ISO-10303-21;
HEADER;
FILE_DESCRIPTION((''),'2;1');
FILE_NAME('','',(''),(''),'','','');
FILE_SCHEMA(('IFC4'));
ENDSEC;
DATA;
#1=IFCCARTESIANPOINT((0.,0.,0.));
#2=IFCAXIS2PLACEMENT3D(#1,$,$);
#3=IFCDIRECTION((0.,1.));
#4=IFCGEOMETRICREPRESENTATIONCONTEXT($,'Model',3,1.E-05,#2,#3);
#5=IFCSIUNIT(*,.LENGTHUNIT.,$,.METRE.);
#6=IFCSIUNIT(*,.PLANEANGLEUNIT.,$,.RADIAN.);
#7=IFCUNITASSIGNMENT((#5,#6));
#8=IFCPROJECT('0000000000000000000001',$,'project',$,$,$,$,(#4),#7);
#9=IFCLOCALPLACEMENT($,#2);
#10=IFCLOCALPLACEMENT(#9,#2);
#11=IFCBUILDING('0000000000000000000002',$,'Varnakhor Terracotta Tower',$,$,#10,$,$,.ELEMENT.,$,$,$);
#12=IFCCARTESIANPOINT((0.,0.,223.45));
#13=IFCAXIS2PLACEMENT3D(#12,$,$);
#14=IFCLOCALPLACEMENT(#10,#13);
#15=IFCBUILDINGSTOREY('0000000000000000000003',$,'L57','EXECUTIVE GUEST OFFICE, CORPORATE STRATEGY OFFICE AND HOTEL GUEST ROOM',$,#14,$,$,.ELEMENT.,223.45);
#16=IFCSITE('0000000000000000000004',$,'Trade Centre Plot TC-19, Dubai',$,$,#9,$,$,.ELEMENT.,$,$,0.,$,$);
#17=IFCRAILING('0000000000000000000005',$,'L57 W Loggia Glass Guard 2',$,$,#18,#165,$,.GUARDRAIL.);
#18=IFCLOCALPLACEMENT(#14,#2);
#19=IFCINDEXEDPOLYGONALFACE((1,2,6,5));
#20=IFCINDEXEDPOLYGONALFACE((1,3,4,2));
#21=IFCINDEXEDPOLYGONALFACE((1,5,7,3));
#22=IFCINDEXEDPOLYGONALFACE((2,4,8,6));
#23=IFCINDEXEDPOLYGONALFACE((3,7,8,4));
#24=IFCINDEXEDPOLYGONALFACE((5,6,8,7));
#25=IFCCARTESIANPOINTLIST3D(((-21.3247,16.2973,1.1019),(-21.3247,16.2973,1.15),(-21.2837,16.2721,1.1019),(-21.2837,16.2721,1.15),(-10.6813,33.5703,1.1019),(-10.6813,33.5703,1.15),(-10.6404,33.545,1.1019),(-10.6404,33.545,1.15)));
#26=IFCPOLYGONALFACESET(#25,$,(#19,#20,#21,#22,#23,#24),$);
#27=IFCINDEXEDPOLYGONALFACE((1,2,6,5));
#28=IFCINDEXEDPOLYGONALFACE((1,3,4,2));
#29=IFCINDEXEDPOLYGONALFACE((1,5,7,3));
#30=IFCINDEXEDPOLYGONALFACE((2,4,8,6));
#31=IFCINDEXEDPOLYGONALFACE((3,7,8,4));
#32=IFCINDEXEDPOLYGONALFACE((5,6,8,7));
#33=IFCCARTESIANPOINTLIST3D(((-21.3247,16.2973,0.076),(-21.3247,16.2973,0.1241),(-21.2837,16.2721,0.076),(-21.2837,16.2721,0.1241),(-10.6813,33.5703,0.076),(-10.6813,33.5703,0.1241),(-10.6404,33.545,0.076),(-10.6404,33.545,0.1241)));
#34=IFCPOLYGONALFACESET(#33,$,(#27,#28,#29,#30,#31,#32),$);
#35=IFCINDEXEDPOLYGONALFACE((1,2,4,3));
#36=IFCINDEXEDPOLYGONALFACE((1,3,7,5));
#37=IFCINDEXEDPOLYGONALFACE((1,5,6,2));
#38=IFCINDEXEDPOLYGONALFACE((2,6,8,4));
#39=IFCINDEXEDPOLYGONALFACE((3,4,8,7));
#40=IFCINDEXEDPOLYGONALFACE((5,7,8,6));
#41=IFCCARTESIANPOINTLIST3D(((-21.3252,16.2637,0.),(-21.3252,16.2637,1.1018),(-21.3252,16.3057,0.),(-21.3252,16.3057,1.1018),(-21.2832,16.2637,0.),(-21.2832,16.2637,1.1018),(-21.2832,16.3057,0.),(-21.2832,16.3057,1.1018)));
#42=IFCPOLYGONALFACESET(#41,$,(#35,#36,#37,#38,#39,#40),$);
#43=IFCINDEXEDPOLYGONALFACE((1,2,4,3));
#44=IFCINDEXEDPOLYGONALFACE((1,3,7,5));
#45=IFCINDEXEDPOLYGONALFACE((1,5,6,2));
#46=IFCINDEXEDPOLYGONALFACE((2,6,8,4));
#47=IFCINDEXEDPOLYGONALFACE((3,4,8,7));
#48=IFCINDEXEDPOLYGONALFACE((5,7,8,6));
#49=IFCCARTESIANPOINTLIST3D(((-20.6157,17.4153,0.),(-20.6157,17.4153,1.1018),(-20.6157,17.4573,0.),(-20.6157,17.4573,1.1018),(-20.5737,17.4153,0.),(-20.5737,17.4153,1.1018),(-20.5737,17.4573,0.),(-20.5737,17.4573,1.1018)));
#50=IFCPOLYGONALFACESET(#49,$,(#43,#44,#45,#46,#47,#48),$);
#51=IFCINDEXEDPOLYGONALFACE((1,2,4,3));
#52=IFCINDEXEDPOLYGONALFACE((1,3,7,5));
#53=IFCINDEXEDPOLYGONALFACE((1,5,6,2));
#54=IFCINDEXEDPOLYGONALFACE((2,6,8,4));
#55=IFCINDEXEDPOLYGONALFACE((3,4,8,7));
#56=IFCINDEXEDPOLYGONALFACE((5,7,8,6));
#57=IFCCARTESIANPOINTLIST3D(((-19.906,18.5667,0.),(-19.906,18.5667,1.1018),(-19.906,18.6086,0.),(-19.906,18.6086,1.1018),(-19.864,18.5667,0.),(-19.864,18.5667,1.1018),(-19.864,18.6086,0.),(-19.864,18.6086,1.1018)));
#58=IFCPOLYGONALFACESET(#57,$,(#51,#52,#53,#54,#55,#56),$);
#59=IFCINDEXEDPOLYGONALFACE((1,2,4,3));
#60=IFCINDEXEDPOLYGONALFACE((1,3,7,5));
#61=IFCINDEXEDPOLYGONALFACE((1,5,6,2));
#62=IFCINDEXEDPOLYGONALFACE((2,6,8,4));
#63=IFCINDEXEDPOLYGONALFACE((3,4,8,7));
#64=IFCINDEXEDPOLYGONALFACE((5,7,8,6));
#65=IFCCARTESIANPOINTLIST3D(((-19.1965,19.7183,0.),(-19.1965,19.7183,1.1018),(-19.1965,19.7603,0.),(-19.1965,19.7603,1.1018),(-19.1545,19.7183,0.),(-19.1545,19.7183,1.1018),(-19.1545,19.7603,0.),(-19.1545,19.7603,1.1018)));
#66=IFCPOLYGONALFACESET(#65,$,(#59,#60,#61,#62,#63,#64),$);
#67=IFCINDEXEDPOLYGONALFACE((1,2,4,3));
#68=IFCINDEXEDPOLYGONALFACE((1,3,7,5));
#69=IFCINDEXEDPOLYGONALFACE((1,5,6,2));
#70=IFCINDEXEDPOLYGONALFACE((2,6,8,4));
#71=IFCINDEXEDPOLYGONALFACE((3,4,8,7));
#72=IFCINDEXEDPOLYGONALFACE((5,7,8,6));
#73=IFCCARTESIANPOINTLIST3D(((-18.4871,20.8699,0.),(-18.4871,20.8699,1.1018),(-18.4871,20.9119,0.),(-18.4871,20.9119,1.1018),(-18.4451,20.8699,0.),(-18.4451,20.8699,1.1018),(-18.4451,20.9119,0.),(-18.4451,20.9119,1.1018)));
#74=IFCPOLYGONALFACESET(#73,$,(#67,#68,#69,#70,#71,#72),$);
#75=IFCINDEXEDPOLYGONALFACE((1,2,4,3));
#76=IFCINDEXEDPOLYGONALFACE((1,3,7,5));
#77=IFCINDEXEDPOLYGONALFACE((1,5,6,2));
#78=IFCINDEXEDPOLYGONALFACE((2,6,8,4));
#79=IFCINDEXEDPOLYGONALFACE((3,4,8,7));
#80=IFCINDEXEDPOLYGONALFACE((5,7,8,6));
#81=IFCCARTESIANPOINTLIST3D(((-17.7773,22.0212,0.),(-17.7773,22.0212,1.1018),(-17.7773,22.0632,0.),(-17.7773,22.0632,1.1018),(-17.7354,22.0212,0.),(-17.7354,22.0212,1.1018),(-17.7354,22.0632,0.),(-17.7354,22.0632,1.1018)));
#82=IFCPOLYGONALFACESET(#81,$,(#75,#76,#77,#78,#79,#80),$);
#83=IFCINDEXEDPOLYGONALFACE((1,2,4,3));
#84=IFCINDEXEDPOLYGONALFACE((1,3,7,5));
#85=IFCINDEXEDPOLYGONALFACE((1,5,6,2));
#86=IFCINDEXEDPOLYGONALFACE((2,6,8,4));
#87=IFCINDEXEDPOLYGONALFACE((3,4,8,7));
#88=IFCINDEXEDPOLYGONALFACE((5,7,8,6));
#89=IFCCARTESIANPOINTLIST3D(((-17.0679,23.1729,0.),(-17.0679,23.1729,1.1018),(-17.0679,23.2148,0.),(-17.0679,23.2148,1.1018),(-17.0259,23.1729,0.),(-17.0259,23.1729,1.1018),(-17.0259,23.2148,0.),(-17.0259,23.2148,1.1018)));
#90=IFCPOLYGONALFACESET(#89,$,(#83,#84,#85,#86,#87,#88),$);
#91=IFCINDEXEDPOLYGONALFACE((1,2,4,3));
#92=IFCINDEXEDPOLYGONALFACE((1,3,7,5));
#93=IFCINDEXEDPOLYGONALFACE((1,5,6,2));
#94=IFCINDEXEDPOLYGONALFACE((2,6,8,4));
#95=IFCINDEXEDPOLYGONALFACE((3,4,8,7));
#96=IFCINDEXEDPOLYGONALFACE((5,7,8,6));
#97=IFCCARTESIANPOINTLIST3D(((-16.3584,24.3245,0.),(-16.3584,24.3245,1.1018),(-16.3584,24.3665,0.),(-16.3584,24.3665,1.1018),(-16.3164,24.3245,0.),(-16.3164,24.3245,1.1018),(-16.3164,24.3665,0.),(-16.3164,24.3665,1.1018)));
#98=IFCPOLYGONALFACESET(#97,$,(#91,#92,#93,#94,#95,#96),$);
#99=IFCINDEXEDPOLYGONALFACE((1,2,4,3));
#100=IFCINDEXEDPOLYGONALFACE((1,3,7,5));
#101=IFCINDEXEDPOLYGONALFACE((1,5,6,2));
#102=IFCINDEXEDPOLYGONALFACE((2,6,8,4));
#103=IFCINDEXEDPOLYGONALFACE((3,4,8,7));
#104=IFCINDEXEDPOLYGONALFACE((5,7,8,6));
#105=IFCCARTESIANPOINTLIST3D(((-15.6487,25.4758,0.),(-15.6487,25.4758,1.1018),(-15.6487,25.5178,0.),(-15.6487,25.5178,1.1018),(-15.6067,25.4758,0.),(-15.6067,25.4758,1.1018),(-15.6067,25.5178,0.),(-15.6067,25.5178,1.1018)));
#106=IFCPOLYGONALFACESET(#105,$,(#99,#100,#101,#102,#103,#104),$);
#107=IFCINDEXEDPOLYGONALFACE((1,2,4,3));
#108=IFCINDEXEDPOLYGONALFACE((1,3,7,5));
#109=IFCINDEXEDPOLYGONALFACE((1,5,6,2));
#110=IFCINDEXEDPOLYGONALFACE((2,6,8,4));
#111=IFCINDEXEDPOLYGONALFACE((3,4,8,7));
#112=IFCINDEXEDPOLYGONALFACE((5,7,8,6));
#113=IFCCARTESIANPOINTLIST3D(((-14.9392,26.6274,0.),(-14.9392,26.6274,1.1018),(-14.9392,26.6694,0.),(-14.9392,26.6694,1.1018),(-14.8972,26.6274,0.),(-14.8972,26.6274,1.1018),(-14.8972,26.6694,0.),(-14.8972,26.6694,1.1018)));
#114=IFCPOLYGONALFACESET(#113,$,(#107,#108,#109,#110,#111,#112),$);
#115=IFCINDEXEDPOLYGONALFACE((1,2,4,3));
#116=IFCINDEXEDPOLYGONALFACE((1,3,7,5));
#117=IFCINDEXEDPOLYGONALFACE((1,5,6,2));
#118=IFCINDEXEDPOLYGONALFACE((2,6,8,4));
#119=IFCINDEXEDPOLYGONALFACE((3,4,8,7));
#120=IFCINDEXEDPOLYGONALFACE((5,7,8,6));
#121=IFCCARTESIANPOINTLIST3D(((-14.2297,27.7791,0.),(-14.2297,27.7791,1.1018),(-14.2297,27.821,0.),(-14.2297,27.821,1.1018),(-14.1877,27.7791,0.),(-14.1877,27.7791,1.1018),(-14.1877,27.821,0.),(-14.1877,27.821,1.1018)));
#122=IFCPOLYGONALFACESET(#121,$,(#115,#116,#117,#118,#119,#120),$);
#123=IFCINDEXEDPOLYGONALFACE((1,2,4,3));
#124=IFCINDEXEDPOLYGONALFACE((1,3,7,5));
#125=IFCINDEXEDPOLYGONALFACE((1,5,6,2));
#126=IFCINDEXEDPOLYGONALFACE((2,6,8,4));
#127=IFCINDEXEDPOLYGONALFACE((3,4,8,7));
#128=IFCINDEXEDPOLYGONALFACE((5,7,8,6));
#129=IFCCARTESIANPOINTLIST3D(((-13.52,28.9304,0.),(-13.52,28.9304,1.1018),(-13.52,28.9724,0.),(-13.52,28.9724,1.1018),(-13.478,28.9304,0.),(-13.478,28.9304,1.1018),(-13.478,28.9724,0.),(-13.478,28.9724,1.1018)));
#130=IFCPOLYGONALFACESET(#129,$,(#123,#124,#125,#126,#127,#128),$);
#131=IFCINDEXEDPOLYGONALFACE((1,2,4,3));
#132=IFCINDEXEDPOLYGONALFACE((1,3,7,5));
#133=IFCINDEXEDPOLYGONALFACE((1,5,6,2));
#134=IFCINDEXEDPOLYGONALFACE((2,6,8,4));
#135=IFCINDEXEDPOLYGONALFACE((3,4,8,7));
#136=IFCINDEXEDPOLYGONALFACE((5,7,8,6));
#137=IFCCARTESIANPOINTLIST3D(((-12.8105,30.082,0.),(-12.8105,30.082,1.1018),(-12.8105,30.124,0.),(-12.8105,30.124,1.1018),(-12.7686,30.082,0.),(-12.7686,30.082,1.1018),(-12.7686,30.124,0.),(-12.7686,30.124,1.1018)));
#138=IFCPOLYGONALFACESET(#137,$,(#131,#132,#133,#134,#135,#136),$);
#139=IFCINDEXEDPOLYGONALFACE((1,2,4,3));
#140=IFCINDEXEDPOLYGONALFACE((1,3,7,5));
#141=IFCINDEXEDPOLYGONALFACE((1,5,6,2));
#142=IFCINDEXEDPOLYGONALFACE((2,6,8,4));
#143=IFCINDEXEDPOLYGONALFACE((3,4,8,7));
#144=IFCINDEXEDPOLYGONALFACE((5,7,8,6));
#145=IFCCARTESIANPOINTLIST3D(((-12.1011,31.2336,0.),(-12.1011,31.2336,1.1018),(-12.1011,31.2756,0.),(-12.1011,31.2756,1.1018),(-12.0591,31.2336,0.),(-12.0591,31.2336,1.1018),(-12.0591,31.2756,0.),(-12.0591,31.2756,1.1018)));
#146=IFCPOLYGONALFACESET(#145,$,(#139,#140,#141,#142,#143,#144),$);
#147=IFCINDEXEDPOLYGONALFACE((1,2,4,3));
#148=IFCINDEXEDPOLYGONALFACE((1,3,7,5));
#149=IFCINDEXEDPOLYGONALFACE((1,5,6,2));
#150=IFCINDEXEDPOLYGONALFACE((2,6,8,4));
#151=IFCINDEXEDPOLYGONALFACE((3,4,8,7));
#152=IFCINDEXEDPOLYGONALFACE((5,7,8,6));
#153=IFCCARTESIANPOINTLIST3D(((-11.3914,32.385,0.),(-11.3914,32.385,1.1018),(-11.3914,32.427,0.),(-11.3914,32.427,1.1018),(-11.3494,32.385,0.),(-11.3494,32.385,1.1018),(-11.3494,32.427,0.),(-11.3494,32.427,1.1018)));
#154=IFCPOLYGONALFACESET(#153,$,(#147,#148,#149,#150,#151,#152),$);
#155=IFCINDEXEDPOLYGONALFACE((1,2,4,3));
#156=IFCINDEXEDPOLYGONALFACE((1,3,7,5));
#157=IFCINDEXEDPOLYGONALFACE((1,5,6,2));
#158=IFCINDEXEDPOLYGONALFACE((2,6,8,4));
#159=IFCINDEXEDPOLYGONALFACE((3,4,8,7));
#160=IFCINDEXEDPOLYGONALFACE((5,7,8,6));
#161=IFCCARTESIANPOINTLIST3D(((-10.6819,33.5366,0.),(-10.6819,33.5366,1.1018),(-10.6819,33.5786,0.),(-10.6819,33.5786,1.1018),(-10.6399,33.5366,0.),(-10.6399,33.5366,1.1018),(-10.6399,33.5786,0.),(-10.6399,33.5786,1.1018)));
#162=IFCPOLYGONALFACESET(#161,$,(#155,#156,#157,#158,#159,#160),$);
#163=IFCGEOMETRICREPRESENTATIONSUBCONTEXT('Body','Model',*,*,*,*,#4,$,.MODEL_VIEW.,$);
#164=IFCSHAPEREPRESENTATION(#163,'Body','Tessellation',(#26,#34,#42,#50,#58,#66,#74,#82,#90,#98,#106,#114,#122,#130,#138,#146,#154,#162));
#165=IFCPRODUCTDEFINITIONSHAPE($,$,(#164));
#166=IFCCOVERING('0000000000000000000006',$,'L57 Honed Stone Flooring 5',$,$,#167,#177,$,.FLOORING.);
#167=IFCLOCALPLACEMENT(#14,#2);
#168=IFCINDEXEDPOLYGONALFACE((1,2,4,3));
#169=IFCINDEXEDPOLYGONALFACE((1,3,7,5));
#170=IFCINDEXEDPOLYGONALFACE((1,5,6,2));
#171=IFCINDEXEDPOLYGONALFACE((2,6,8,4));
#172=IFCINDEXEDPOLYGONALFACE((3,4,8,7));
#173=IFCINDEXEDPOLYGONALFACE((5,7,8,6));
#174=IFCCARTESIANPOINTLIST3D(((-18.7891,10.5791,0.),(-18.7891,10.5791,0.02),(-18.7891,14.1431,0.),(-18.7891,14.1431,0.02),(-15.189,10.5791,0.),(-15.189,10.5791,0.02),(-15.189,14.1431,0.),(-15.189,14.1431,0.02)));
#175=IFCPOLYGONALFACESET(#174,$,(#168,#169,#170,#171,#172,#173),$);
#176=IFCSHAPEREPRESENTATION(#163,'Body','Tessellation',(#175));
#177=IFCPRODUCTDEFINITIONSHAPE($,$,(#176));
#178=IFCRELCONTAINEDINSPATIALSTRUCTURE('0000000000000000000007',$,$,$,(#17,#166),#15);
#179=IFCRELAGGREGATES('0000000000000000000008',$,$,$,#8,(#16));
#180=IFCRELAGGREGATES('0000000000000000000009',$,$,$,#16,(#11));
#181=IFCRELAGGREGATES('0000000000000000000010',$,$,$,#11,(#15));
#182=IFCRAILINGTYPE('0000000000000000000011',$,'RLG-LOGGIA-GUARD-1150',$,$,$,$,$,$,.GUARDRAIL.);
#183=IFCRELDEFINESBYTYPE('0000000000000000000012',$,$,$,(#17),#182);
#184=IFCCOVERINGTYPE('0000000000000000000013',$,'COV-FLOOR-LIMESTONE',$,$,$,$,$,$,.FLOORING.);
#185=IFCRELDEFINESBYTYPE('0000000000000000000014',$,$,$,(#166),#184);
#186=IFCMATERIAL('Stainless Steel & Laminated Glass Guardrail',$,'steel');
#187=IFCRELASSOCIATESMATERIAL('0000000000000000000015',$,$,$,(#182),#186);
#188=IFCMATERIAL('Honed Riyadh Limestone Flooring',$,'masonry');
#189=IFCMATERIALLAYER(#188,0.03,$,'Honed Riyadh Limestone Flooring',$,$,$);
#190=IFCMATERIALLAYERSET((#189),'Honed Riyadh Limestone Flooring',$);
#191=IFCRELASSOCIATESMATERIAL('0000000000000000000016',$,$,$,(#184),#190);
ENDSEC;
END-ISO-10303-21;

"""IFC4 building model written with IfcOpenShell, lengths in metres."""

from ifc_helpers import new_model, si_unit, direction, frame, origin, origin_2d, place, context, subcontext, project, spatial, rectangle, extrude, source, transform, mapped, material, layer, layer_set, type_object, element, save


model = new_model("IFC4")

# Units and contexts
model_context = context("Model", 3, precision=1e-05, world=origin(), true_north=direction((0.0, 1.0)))
body_context = subcontext(model_context, "Body", "Model", "MODEL_VIEW")
ifc_project = project(units=[si_unit("LENGTHUNIT", "METRE"), si_unit("PLANEANGLEUNIT", "RADIAN")], contexts=[model_context])

# Site, building, storey
site_placement = place(None, origin())
site = spatial("IfcSite", under=ifc_project, at=site_placement, Name="Trade Centre Plot TC-19, Dubai", CompositionType="ELEMENT", RefElevation=0.0)
building_placement = place(site_placement, origin())
building = spatial("IfcBuilding", under=site, at=building_placement, Name="Varnakhor Terracotta Tower", CompositionType="ELEMENT")
storey_placement = place(building_placement, frame((0.0, 0.0, 223.45)))
storey = spatial("IfcBuildingStorey", under=building, at=storey_placement, Name="L57", Description="EXECUTIVE GUEST OFFICE, CORPORATE STRATEGY OFFICE AND HOTEL GUEST ROOM", CompositionType="ELEMENT", Elevation=223.45)

# Railing
ifc_material_1 = material(Name="Stainless Steel & Laminated Glass Guardrail", Category="steel")
railing_type = type_object("IfcRailingType", Name="RLG-LOGGIA-GUARD-1150", PredefinedType="GUARDRAIL", material=ifc_material_1)
railing_1_placement = place(storey_placement, frame((-21.3042, 16.2847, 0.0)))
element("IfcRailing", 1, at=railing_1_placement, inside=storey, type_object=railing_type, Name="L57 W Loggia Glass Guard 2", PredefinedType="GUARDRAIL", context=body_context, shape_type="SweptSolid", body=[
    extrude(rectangle(XDim=0.0481, YDim=0.0481, at=origin_2d()), frame((0.0, 0.0, 1.126), z_axis=(0.524591, 0.851355, 0.0), x_axis=(-0.851355, 0.524591, 0.0)), (0.0, 0.0, 1.0), 20.2888),
    extrude(rectangle(XDim=0.0481, YDim=0.0481, at=origin_2d()), frame((0.0, 0.0, 0.1001), z_axis=(0.524591, 0.851355, 0.0), x_axis=(-0.851355, 0.524591, 0.0)), (0.0, 0.0, 1.0), 20.2888),
    extrude(rectangle(XDim=0.042, YDim=0.042, at=origin_2d()), origin(), (0.0, 0.0, 1.0), 1.1018),
    extrude(rectangle(XDim=0.042, YDim=0.042, at=origin_2d()), frame((0.7095, 1.1516, 0.0)), (0.0, 0.0, 1.0), 1.1018),
    extrude(rectangle(XDim=0.042, YDim=0.042, at=origin_2d()), frame((1.4192, 2.303, 0.0)), (0.0, 0.0, 1.0), 1.1018),
    extrude(rectangle(XDim=0.042, YDim=0.042, at=origin_2d()), frame((2.1287, 3.4546, 0.0)), (0.0, 0.0, 1.0), 1.1018),
    extrude(rectangle(XDim=0.042, YDim=0.042, at=origin_2d()), frame((2.8381, 4.6062, 0.0)), (0.0, 0.0, 1.0), 1.1018),
    extrude(rectangle(XDim=0.042, YDim=0.042, at=origin_2d()), frame((3.5479, 5.7576, 0.0)), (0.0, 0.0, 1.0), 1.1018),
    extrude(rectangle(XDim=0.042, YDim=0.042, at=origin_2d()), frame((4.2573, 6.9092, 0.0)), (0.0, 0.0, 1.0), 1.1018),
    extrude(rectangle(XDim=0.042, YDim=0.042, at=origin_2d()), frame((4.9668, 8.0608, 0.0)), (0.0, 0.0, 1.0), 1.1018),
    extrude(rectangle(XDim=0.042, YDim=0.042, at=origin_2d()), frame((5.6765, 9.2122, 0.0)), (0.0, 0.0, 1.0), 1.1018),
    extrude(rectangle(XDim=0.042, YDim=0.042, at=origin_2d()), frame((6.386, 10.3638, 0.0)), (0.0, 0.0, 1.0), 1.1018),
    extrude(rectangle(XDim=0.042, YDim=0.042, at=origin_2d()), frame((7.0955, 11.5154, 0.0)), (0.0, 0.0, 1.0), 1.1018),
    extrude(rectangle(XDim=0.042, YDim=0.042, at=origin_2d()), frame((7.8052, 12.6667, 0.0)), (0.0, 0.0, 1.0), 1.1018),
    extrude(rectangle(XDim=0.042, YDim=0.042, at=origin_2d()), frame((8.5146, 13.8184, 0.0)), (0.0, 0.0, 1.0), 1.1018),
    extrude(rectangle(XDim=0.042, YDim=0.042, at=origin_2d()), frame((9.2241, 14.97, 0.0)), (0.0, 0.0, 1.0), 1.1018),
    extrude(rectangle(XDim=0.042, YDim=0.042, at=origin_2d()), frame((9.9338, 16.1213, 0.0)), (0.0, 0.0, 1.0), 1.1018),
    extrude(rectangle(XDim=0.042, YDim=0.042, at=origin_2d()), frame((10.6433, 17.2729, 0.0)), (0.0, 0.0, 1.0), 1.1018),
])

# Covering
ifc_material_2 = material(Name="Honed Riyadh Limestone Flooring", Category="masonry")
ifc_layer_1 = layer(ifc_material_2, 0.03, Name="Honed Riyadh Limestone Flooring")
ifc_layer_set_1 = layer_set([ifc_layer_1], Name="Honed Riyadh Limestone Flooring")
covering_type = type_object("IfcCoveringType", Name="COV-FLOOR-LIMESTONE", PredefinedType="FLOORING", material=ifc_layer_set_1)
shared_shape_1 = source(origin(), body_context, "Body", "SweptSolid", [
    extrude(rectangle(XDim=3.6001, YDim=3.564, at=origin_2d()), origin(), (0.0, 0.0, 1.0), 0.02),
])
covering_placement = place(storey_placement, frame((-16.989, 12.3611, 0.0), z_axis=(0.0, 0.0, 1.0), x_axis=(1.0, 0.0, 0.0)))
element("IfcCovering", 2, at=covering_placement, inside=storey, type_object=covering_type, Name="L57 Honed Stone Flooring 5", PredefinedType="FLOORING", context=body_context, shape_type="MappedRepresentation", body=[
    mapped(shared_shape_1, transform((0.0, 0.0, 0.0), scale=1.0)),
])

save(model, "model.ifc")
